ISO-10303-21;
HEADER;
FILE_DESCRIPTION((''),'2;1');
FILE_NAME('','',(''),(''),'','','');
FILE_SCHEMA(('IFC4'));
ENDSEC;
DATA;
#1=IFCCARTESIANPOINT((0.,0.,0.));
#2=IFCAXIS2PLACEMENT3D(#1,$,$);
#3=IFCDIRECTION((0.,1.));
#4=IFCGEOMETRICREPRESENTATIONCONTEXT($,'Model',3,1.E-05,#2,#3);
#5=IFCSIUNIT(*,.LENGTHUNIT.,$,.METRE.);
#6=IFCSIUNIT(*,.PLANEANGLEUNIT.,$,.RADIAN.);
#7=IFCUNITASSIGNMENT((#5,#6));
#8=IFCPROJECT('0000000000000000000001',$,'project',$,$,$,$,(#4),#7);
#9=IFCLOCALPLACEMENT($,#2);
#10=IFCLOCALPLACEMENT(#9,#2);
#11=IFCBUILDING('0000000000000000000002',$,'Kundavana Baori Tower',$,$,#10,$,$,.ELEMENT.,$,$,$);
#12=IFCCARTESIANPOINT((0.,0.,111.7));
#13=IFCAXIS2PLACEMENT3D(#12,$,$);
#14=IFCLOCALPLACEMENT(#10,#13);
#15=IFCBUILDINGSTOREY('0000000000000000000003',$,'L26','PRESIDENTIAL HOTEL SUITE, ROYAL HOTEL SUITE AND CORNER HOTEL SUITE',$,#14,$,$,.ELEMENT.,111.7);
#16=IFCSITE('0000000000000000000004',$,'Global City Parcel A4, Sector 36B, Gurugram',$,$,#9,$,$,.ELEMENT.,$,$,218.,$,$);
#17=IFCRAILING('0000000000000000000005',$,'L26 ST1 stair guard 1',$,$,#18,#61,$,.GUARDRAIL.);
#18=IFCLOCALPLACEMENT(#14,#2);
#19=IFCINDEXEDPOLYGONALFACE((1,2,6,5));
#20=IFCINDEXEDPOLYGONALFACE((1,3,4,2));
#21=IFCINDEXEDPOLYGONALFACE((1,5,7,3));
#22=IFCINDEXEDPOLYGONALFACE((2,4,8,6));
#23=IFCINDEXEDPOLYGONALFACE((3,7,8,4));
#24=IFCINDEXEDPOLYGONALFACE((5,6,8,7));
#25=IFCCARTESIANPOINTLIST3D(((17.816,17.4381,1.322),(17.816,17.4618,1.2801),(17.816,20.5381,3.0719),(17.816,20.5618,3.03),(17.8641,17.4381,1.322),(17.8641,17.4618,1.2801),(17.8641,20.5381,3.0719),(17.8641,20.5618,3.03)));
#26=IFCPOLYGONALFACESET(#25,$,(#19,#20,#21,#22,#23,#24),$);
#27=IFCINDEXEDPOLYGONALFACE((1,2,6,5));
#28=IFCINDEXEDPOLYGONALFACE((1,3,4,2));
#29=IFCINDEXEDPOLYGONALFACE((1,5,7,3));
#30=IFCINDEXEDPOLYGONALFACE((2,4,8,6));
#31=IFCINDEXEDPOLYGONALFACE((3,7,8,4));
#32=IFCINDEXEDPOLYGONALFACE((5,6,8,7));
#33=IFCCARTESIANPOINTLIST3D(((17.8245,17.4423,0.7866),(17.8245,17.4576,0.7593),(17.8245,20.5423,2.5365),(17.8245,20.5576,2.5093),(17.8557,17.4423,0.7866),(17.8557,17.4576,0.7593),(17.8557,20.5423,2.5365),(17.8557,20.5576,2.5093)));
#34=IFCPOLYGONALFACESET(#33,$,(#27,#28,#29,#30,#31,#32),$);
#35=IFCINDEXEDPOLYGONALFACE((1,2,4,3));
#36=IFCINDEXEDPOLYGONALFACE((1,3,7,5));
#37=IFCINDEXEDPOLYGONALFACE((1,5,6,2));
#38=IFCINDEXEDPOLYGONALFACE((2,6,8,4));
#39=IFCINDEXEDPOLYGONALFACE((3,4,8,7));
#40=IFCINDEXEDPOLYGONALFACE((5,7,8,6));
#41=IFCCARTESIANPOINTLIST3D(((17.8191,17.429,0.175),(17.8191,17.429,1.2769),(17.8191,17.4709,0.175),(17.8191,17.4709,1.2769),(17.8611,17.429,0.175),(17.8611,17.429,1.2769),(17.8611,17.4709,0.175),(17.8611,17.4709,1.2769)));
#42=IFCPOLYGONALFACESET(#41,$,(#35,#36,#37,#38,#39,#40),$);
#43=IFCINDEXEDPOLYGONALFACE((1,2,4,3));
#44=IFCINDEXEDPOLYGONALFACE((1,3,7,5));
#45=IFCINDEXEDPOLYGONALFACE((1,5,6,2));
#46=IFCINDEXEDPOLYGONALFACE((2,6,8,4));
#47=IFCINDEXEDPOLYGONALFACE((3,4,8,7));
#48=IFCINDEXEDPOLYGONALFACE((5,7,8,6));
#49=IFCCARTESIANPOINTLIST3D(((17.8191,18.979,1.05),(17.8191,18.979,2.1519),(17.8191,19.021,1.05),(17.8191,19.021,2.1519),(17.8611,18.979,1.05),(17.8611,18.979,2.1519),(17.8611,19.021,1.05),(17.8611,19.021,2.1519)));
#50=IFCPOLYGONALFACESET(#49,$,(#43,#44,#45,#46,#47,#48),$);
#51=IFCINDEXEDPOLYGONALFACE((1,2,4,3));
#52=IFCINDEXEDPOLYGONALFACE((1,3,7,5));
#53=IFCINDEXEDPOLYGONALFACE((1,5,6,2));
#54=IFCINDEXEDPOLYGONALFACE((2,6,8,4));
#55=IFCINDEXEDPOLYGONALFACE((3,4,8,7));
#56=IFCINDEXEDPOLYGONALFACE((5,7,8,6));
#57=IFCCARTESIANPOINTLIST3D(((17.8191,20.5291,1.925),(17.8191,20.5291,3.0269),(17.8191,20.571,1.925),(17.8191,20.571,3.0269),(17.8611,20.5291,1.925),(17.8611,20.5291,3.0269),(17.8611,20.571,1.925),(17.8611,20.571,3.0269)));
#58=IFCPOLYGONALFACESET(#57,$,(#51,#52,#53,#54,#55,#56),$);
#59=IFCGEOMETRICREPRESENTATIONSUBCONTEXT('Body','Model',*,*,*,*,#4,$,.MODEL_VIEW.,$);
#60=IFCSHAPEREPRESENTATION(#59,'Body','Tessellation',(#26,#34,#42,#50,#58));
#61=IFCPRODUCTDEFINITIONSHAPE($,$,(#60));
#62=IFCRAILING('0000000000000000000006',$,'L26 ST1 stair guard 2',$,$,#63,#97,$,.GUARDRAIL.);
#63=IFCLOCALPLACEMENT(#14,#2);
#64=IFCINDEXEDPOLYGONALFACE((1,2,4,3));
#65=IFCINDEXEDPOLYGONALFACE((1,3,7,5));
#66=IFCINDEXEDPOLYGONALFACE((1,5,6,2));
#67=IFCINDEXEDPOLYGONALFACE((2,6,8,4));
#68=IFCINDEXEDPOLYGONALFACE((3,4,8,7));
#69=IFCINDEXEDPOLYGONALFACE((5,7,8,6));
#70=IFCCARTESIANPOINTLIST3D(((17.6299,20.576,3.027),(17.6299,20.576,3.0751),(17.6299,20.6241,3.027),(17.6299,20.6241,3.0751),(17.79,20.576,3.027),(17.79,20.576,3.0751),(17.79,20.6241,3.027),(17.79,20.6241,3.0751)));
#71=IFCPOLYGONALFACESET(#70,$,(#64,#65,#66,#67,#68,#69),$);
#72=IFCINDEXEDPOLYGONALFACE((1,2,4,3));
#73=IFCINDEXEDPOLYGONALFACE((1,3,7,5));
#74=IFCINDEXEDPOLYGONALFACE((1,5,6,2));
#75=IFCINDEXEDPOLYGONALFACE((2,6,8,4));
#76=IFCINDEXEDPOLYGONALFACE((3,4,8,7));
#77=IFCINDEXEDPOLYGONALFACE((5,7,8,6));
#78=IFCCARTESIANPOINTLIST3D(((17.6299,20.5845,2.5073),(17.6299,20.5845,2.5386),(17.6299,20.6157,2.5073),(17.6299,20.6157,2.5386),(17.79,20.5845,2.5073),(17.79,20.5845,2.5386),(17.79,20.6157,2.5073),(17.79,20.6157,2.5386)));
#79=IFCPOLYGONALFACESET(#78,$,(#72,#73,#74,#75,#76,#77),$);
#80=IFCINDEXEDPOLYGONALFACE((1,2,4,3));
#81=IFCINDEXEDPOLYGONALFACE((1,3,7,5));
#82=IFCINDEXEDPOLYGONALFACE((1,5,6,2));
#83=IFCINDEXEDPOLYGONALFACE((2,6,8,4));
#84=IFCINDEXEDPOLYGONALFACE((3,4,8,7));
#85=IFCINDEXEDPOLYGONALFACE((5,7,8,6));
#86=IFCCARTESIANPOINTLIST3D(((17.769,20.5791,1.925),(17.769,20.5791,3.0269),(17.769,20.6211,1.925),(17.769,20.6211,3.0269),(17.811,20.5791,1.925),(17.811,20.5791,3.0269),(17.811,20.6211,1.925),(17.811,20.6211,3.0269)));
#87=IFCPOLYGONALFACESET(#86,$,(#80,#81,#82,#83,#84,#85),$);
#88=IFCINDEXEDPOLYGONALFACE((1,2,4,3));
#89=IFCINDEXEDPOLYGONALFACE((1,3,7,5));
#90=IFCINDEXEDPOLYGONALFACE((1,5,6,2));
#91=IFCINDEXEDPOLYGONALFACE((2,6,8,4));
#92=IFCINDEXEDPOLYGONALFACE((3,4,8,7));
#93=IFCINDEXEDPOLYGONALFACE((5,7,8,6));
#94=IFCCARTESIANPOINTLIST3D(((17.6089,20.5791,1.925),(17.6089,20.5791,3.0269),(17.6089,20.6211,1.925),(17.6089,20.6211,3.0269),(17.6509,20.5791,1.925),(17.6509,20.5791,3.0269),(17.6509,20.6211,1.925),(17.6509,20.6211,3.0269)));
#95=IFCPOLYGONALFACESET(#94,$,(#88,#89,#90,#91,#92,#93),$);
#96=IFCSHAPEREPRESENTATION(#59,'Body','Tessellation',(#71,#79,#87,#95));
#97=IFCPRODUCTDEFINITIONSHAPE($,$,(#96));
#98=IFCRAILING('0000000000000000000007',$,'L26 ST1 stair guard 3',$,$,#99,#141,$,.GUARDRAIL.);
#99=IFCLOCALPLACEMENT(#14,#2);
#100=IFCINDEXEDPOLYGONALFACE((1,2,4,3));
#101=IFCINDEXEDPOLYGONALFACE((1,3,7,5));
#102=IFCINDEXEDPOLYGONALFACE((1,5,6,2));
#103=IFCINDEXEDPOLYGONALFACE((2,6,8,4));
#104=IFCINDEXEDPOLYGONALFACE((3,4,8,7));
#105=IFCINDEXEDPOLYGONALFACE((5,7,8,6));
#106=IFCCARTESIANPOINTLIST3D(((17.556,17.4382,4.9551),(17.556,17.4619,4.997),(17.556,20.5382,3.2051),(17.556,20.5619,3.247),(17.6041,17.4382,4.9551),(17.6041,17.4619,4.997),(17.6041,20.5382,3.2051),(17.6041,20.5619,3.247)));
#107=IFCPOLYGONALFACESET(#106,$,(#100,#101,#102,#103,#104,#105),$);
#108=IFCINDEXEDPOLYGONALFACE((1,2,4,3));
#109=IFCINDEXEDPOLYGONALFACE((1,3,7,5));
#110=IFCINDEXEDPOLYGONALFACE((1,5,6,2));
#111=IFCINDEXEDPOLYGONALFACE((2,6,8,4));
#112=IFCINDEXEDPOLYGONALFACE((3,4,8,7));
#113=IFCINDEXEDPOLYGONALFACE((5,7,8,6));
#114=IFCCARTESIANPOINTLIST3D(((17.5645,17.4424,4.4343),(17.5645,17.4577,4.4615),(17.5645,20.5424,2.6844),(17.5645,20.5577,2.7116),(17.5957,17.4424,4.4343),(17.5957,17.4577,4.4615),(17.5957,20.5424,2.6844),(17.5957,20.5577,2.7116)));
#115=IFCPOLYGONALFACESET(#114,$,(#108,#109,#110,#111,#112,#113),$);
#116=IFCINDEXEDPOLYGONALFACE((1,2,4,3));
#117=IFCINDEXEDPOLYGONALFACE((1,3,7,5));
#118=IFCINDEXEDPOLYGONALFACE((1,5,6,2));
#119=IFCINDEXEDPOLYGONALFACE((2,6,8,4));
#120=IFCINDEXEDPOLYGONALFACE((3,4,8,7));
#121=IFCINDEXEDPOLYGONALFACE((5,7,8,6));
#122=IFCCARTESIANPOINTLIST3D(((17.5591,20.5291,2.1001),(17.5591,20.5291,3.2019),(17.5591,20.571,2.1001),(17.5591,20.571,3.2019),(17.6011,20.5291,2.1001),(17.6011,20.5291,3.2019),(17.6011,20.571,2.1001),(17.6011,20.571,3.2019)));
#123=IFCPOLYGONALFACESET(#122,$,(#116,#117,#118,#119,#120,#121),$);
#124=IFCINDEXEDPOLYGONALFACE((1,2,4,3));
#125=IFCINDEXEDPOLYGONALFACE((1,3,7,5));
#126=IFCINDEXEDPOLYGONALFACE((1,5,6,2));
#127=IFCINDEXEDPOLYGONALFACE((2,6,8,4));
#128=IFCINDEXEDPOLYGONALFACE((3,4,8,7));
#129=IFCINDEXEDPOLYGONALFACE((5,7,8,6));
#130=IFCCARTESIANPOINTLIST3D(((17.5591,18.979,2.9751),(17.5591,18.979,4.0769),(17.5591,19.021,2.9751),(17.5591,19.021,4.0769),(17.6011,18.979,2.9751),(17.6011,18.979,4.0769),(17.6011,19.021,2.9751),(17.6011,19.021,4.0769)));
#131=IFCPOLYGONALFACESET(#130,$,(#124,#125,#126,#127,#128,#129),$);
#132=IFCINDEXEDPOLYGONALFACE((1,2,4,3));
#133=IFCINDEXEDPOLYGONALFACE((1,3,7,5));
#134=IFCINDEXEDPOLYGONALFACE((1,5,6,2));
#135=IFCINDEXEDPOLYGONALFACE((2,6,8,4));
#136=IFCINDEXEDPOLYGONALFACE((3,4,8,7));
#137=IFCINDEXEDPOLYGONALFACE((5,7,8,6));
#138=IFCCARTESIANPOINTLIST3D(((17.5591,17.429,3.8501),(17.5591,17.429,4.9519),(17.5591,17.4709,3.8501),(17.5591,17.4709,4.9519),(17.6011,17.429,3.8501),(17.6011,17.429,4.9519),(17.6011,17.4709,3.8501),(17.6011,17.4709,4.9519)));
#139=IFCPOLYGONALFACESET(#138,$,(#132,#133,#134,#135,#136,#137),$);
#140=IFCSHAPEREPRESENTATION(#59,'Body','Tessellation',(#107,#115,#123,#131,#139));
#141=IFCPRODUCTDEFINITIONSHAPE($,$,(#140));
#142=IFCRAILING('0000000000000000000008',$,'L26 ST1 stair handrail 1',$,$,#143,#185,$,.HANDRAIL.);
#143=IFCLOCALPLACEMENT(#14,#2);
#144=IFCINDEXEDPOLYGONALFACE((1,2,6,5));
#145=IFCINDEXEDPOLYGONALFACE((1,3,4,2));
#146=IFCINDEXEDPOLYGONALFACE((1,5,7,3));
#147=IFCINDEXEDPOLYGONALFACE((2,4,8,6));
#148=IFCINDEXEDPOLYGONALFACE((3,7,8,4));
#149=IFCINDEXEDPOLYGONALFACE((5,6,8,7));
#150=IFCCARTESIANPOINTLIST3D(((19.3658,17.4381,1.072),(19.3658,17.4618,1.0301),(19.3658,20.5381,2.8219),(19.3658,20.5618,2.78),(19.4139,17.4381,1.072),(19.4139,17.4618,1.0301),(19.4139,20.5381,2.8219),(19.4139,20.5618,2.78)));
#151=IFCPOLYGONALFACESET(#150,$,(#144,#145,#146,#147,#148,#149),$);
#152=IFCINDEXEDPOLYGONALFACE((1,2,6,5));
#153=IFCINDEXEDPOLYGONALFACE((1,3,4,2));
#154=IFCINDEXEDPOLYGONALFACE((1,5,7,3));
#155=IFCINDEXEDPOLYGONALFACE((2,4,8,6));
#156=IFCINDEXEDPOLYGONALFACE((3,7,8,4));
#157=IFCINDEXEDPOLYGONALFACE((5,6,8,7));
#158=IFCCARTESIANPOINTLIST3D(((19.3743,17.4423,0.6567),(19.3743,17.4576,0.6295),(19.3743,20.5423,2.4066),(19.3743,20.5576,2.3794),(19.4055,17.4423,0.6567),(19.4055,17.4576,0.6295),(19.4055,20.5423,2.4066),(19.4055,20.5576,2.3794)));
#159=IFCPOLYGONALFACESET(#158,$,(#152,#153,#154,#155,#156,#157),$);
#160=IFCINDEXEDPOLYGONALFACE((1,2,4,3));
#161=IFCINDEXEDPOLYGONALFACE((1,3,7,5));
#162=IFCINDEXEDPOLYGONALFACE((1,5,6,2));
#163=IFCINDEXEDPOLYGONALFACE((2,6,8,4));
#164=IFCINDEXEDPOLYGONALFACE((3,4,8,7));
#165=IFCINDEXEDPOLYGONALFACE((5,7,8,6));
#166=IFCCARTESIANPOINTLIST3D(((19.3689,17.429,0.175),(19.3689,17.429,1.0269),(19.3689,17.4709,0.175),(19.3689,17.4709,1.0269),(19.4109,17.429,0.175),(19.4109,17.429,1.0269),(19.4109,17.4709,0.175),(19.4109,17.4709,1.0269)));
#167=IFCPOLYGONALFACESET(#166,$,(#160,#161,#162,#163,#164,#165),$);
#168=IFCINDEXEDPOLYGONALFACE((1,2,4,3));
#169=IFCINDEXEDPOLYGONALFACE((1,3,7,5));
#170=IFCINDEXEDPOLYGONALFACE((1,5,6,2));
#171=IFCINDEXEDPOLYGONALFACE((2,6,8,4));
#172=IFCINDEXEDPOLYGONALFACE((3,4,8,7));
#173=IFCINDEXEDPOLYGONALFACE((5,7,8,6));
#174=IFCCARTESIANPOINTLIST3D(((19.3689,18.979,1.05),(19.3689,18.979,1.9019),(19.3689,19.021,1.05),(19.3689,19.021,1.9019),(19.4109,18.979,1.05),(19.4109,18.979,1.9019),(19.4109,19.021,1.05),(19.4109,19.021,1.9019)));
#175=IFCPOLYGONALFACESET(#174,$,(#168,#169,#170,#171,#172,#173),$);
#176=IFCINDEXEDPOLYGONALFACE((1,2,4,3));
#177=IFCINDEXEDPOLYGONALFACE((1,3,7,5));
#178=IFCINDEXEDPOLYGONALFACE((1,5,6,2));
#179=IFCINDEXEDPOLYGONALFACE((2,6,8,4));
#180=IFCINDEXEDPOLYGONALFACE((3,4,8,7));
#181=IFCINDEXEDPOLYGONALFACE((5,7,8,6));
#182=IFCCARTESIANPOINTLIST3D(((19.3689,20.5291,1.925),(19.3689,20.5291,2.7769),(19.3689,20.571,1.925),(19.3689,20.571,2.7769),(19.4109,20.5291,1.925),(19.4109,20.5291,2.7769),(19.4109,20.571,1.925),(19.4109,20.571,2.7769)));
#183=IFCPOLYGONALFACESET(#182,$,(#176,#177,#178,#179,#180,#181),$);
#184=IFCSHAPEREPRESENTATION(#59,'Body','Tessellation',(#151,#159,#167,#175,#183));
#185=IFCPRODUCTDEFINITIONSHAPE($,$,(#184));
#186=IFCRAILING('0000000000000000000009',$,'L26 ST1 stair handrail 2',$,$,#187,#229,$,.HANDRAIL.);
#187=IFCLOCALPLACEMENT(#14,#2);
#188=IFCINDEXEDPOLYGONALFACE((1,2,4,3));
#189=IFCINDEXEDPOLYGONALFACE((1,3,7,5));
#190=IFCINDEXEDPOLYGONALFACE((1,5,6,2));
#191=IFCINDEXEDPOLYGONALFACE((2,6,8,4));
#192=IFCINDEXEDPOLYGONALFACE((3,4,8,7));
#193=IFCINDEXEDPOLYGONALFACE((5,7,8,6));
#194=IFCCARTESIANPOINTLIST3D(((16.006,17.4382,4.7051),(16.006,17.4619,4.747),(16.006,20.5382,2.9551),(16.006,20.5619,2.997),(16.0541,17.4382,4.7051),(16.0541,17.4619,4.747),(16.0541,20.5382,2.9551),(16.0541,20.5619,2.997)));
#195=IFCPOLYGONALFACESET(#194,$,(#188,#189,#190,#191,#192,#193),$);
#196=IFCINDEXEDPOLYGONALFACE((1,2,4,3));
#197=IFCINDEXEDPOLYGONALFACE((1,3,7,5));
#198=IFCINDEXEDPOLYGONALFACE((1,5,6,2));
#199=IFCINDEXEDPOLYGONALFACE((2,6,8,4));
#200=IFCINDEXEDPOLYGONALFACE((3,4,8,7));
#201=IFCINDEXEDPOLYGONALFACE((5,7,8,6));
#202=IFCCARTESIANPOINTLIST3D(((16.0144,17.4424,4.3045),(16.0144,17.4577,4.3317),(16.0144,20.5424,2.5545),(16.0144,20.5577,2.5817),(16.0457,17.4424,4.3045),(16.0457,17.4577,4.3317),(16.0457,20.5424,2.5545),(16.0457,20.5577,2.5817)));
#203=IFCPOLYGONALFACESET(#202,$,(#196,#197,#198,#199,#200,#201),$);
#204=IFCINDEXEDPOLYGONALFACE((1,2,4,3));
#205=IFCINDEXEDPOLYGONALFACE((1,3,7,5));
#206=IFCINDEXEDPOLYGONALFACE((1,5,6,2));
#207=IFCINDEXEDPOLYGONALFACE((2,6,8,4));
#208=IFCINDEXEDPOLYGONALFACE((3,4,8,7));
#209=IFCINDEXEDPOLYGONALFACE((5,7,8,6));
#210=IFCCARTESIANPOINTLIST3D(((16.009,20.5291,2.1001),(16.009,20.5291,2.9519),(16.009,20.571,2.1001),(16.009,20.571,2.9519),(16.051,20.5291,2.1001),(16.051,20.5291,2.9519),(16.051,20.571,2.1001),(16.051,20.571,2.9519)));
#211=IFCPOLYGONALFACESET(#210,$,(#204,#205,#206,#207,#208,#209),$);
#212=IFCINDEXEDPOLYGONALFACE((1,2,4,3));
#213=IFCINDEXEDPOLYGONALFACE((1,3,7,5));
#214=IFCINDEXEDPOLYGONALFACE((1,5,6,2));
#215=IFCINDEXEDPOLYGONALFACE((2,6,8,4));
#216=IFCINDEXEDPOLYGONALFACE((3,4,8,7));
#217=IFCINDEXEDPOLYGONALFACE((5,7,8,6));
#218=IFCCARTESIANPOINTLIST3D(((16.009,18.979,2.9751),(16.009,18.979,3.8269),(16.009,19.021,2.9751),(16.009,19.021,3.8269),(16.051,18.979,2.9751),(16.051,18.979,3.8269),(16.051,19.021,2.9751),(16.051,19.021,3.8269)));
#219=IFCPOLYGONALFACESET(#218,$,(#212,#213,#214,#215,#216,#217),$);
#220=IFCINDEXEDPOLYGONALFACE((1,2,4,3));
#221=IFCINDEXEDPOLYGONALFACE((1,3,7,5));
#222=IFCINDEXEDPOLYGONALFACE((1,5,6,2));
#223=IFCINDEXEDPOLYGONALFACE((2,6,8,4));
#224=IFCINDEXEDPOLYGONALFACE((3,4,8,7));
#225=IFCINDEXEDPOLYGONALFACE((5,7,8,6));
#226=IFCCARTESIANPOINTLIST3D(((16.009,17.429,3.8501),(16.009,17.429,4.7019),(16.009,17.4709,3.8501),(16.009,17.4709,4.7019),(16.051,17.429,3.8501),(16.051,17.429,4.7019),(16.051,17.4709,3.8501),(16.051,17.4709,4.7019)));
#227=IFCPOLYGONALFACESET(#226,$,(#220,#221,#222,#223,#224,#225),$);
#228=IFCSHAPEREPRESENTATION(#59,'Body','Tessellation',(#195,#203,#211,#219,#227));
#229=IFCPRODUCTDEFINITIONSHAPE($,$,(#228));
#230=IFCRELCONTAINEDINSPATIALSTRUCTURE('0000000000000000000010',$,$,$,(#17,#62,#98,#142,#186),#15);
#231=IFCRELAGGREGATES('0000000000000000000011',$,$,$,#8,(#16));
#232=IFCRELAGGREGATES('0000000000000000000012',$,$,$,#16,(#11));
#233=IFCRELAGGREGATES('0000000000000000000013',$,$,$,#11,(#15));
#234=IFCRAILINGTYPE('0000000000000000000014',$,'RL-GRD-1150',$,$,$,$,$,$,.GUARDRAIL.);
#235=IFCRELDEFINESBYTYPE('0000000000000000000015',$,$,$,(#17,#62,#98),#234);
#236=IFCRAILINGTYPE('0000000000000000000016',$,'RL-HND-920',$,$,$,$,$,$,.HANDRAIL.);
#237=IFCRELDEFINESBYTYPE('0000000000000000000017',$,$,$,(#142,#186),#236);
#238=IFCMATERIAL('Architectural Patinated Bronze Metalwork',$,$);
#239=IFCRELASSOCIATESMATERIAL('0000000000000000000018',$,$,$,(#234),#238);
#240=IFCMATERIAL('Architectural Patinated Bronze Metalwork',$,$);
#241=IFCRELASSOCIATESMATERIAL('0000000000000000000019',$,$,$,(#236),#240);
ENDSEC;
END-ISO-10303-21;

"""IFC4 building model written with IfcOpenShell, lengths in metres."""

from ifc_helpers import new_model, si_unit, direction, frame, origin, origin_2d, place, context, subcontext, project, spatial, rectangle, extrude, material, type_object, element, save


model = new_model("IFC4")

# Units and contexts
model_context = context("Model", 3, precision=1e-05, world=origin(), true_north=direction((0.0, 1.0)))
body_context = subcontext(model_context, "Body", "Model", "MODEL_VIEW")
ifc_project = project(units=[si_unit("LENGTHUNIT", "METRE"), si_unit("PLANEANGLEUNIT", "RADIAN")], contexts=[model_context])

# Site, building, storey
site_placement = place(None, origin())
site = spatial("IfcSite", under=ifc_project, at=site_placement, Name="Global City Parcel A4, Sector 36B, Gurugram", CompositionType="ELEMENT", RefElevation=218.0)
building_placement = place(site_placement, origin())
building = spatial("IfcBuilding", under=site, at=building_placement, Name="Kundavana Baori Tower", CompositionType="ELEMENT")
storey_placement = place(building_placement, frame((0.0, 0.0, 111.7)))
storey = spatial("IfcBuildingStorey", under=building, at=storey_placement, Name="L26", Description="PRESIDENTIAL HOTEL SUITE, ROYAL HOTEL SUITE AND CORNER HOTEL SUITE", CompositionType="ELEMENT", Elevation=111.7)

# Railings
ifc_material_1 = material(Name="Architectural Patinated Bronze Metalwork")
railing_type_1 = type_object("IfcRailingType", Name="RL-GRD-1150", PredefinedType="GUARDRAIL", material=ifc_material_1)
railing_1_placement = place(storey_placement, frame((17.8401, 17.45, 0.175)))
element("IfcRailing", 1, at=railing_1_placement, inside=storey, type_object=railing_type_1, Name="L26 ST1 stair guard 1", PredefinedType="GUARDRAIL", context=body_context, shape_type="SweptSolid", body=[
    extrude(rectangle(XDim=0.0481, YDim=0.0481, at=origin_2d()), frame((0.0, 0.0, 1.126), z_axis=(0.0, 0.870831, 0.491583), x_axis=(-1.0, 0.0, 0.0)), (0.0, 0.0, 1.0), 3.5598),
    extrude(rectangle(XDim=0.0312, YDim=0.0312, at=origin_2d()), frame((0.0, 0.0, 0.5979), z_axis=(0.0, 0.870831, 0.491583), x_axis=(-1.0, 0.0, 0.0)), (0.0, 0.0, 1.0), 3.5598),
    extrude(rectangle(XDim=0.042, YDim=0.042, at=origin_2d()), origin(), (0.0, 0.0, 1.0), 1.1018),
    extrude(rectangle(XDim=0.042, YDim=0.042, at=origin_2d()), frame((0.0, 1.55, 0.875)), (0.0, 0.0, 1.0), 1.1018),
    extrude(rectangle(XDim=0.042, YDim=0.042, at=origin_2d()), frame((0.0, 3.1001, 1.75)), (0.0, 0.0, 1.0), 1.1018),
])
railing_2_placement = place(storey_placement, frame((17.79, 20.6001, 1.925)))
element("IfcRailing", 2, at=railing_2_placement, inside=storey, type_object=railing_type_1, Name="L26 ST1 stair guard 2", PredefinedType="GUARDRAIL", context=body_context, shape_type="SweptSolid", body=[
    extrude(rectangle(XDim=0.0481, YDim=0.0481, at=origin_2d()), frame((0.0, 0.0, 1.126), z_axis=(-1.0, 0.0, 0.0), x_axis=(0.0, -1.0, 0.0)), (0.0, 0.0, 1.0), 0.1602),
    extrude(rectangle(XDim=0.0312, YDim=0.0312, at=origin_2d()), frame((0.0, 0.0, 0.5979), z_axis=(-1.0, 0.0, 0.0), x_axis=(0.0, -1.0, 0.0)), (0.0, 0.0, 1.0), 0.1602),
    extrude(rectangle(XDim=0.042, YDim=0.042, at=origin_2d()), origin(), (0.0, 0.0, 1.0), 1.1018),
    extrude(rectangle(XDim=0.042, YDim=0.042, at=origin_2d()), frame((-0.1602, 0.0, 0.0)), (0.0, 0.0, 1.0), 1.1018),
])
railing_3_placement = place(storey_placement, frame((17.5801, 20.55, 2.1001)))
element("IfcRailing", 3, at=railing_3_placement, inside=storey, type_object=railing_type_1, Name="L26 ST1 stair guard 3", PredefinedType="GUARDRAIL", context=body_context, shape_type="SweptSolid", body=[
    extrude(rectangle(XDim=0.0481, YDim=0.0481, at=origin_2d()), frame((0.0, 0.0, 1.126), z_axis=(0.0, -0.870831, 0.491583), x_axis=(1.0, 0.0, 0.0)), (0.0, 0.0, 1.0), 3.5598),
    extrude(rectangle(XDim=0.0312, YDim=0.0312, at=origin_2d()), frame((0.0, 0.0, 0.5979), z_axis=(0.0, -0.870831, 0.491583), x_axis=(1.0, 0.0, 0.0)), (0.0, 0.0, 1.0), 3.5598),
    extrude(rectangle(XDim=0.042, YDim=0.042, at=origin_2d()), origin(), (0.0, 0.0, 1.0), 1.1018),
    extrude(rectangle(XDim=0.042, YDim=0.042, at=origin_2d()), frame((0.0, -1.55, 0.875)), (0.0, 0.0, 1.0), 1.1018),
    extrude(rectangle(XDim=0.042, YDim=0.042, at=origin_2d()), frame((0.0, -3.1001, 1.75)), (0.0, 0.0, 1.0), 1.1018),
])
ifc_material_2 = material(Name="Architectural Patinated Bronze Metalwork")
railing_type_2 = type_object("IfcRailingType", Name="RL-HND-920", PredefinedType="HANDRAIL", material=ifc_material_2)
railing_4_placement = place(storey_placement, frame((19.3899, 17.45, 0.175)))
element("IfcRailing", 4, at=railing_4_placement, inside=storey, type_object=railing_type_2, Name="L26 ST1 stair handrail 1", PredefinedType="HANDRAIL", context=body_context, shape_type="SweptSolid", body=[
    extrude(rectangle(XDim=0.0481, YDim=0.0481, at=origin_2d()), frame((0.0, 0.0, 0.876), z_axis=(0.0, 0.870831, 0.491583), x_axis=(-1.0, 0.0, 0.0)), (0.0, 0.0, 1.0), 3.5598),
    extrude(rectangle(XDim=0.0312, YDim=0.0312, at=origin_2d()), frame((0.0, 0.0, 0.468), z_axis=(0.0, 0.870831, 0.491583), x_axis=(-1.0, 0.0, 0.0)), (0.0, 0.0, 1.0), 3.5598),
    extrude(rectangle(XDim=0.042, YDim=0.042, at=origin_2d()), origin(), (0.0, 0.0, 1.0), 0.8518),
    extrude(rectangle(XDim=0.042, YDim=0.042, at=origin_2d()), frame((0.0, 1.55, 0.875)), (0.0, 0.0, 1.0), 0.8518),
    extrude(rectangle(XDim=0.042, YDim=0.042, at=origin_2d()), frame((0.0, 3.1001, 1.75)), (0.0, 0.0, 1.0), 0.8518),
])
railing_5_placement = place(storey_placement, frame((16.03, 20.55, 2.1001)))
element("IfcRailing", 5, at=railing_5_placement, inside=storey, type_object=railing_type_2, Name="L26 ST1 stair handrail 2", PredefinedType="HANDRAIL", context=body_context, shape_type="SweptSolid", body=[
    extrude(rectangle(XDim=0.0481, YDim=0.0481, at=origin_2d()), frame((0.0, 0.0, 0.876), z_axis=(0.0, -0.870831, 0.491583), x_axis=(1.0, 0.0, 0.0)), (0.0, 0.0, 1.0), 3.5598),
    extrude(rectangle(XDim=0.0312, YDim=0.0312, at=origin_2d()), frame((0.0, 0.0, 0.468), z_axis=(0.0, -0.870831, 0.491583), x_axis=(1.0, 0.0, 0.0)), (0.0, 0.0, 1.0), 3.5598),
    extrude(rectangle(XDim=0.042, YDim=0.042, at=origin_2d()), origin(), (0.0, 0.0, 1.0), 0.8518),
    extrude(rectangle(XDim=0.042, YDim=0.042, at=origin_2d()), frame((0.0, -1.55, 0.875)), (0.0, 0.0, 1.0), 0.8518),
    extrude(rectangle(XDim=0.042, YDim=0.042, at=origin_2d()), frame((0.0, -3.1001, 1.75)), (0.0, 0.0, 1.0), 0.8518),
])

save(model, "model.ifc")
